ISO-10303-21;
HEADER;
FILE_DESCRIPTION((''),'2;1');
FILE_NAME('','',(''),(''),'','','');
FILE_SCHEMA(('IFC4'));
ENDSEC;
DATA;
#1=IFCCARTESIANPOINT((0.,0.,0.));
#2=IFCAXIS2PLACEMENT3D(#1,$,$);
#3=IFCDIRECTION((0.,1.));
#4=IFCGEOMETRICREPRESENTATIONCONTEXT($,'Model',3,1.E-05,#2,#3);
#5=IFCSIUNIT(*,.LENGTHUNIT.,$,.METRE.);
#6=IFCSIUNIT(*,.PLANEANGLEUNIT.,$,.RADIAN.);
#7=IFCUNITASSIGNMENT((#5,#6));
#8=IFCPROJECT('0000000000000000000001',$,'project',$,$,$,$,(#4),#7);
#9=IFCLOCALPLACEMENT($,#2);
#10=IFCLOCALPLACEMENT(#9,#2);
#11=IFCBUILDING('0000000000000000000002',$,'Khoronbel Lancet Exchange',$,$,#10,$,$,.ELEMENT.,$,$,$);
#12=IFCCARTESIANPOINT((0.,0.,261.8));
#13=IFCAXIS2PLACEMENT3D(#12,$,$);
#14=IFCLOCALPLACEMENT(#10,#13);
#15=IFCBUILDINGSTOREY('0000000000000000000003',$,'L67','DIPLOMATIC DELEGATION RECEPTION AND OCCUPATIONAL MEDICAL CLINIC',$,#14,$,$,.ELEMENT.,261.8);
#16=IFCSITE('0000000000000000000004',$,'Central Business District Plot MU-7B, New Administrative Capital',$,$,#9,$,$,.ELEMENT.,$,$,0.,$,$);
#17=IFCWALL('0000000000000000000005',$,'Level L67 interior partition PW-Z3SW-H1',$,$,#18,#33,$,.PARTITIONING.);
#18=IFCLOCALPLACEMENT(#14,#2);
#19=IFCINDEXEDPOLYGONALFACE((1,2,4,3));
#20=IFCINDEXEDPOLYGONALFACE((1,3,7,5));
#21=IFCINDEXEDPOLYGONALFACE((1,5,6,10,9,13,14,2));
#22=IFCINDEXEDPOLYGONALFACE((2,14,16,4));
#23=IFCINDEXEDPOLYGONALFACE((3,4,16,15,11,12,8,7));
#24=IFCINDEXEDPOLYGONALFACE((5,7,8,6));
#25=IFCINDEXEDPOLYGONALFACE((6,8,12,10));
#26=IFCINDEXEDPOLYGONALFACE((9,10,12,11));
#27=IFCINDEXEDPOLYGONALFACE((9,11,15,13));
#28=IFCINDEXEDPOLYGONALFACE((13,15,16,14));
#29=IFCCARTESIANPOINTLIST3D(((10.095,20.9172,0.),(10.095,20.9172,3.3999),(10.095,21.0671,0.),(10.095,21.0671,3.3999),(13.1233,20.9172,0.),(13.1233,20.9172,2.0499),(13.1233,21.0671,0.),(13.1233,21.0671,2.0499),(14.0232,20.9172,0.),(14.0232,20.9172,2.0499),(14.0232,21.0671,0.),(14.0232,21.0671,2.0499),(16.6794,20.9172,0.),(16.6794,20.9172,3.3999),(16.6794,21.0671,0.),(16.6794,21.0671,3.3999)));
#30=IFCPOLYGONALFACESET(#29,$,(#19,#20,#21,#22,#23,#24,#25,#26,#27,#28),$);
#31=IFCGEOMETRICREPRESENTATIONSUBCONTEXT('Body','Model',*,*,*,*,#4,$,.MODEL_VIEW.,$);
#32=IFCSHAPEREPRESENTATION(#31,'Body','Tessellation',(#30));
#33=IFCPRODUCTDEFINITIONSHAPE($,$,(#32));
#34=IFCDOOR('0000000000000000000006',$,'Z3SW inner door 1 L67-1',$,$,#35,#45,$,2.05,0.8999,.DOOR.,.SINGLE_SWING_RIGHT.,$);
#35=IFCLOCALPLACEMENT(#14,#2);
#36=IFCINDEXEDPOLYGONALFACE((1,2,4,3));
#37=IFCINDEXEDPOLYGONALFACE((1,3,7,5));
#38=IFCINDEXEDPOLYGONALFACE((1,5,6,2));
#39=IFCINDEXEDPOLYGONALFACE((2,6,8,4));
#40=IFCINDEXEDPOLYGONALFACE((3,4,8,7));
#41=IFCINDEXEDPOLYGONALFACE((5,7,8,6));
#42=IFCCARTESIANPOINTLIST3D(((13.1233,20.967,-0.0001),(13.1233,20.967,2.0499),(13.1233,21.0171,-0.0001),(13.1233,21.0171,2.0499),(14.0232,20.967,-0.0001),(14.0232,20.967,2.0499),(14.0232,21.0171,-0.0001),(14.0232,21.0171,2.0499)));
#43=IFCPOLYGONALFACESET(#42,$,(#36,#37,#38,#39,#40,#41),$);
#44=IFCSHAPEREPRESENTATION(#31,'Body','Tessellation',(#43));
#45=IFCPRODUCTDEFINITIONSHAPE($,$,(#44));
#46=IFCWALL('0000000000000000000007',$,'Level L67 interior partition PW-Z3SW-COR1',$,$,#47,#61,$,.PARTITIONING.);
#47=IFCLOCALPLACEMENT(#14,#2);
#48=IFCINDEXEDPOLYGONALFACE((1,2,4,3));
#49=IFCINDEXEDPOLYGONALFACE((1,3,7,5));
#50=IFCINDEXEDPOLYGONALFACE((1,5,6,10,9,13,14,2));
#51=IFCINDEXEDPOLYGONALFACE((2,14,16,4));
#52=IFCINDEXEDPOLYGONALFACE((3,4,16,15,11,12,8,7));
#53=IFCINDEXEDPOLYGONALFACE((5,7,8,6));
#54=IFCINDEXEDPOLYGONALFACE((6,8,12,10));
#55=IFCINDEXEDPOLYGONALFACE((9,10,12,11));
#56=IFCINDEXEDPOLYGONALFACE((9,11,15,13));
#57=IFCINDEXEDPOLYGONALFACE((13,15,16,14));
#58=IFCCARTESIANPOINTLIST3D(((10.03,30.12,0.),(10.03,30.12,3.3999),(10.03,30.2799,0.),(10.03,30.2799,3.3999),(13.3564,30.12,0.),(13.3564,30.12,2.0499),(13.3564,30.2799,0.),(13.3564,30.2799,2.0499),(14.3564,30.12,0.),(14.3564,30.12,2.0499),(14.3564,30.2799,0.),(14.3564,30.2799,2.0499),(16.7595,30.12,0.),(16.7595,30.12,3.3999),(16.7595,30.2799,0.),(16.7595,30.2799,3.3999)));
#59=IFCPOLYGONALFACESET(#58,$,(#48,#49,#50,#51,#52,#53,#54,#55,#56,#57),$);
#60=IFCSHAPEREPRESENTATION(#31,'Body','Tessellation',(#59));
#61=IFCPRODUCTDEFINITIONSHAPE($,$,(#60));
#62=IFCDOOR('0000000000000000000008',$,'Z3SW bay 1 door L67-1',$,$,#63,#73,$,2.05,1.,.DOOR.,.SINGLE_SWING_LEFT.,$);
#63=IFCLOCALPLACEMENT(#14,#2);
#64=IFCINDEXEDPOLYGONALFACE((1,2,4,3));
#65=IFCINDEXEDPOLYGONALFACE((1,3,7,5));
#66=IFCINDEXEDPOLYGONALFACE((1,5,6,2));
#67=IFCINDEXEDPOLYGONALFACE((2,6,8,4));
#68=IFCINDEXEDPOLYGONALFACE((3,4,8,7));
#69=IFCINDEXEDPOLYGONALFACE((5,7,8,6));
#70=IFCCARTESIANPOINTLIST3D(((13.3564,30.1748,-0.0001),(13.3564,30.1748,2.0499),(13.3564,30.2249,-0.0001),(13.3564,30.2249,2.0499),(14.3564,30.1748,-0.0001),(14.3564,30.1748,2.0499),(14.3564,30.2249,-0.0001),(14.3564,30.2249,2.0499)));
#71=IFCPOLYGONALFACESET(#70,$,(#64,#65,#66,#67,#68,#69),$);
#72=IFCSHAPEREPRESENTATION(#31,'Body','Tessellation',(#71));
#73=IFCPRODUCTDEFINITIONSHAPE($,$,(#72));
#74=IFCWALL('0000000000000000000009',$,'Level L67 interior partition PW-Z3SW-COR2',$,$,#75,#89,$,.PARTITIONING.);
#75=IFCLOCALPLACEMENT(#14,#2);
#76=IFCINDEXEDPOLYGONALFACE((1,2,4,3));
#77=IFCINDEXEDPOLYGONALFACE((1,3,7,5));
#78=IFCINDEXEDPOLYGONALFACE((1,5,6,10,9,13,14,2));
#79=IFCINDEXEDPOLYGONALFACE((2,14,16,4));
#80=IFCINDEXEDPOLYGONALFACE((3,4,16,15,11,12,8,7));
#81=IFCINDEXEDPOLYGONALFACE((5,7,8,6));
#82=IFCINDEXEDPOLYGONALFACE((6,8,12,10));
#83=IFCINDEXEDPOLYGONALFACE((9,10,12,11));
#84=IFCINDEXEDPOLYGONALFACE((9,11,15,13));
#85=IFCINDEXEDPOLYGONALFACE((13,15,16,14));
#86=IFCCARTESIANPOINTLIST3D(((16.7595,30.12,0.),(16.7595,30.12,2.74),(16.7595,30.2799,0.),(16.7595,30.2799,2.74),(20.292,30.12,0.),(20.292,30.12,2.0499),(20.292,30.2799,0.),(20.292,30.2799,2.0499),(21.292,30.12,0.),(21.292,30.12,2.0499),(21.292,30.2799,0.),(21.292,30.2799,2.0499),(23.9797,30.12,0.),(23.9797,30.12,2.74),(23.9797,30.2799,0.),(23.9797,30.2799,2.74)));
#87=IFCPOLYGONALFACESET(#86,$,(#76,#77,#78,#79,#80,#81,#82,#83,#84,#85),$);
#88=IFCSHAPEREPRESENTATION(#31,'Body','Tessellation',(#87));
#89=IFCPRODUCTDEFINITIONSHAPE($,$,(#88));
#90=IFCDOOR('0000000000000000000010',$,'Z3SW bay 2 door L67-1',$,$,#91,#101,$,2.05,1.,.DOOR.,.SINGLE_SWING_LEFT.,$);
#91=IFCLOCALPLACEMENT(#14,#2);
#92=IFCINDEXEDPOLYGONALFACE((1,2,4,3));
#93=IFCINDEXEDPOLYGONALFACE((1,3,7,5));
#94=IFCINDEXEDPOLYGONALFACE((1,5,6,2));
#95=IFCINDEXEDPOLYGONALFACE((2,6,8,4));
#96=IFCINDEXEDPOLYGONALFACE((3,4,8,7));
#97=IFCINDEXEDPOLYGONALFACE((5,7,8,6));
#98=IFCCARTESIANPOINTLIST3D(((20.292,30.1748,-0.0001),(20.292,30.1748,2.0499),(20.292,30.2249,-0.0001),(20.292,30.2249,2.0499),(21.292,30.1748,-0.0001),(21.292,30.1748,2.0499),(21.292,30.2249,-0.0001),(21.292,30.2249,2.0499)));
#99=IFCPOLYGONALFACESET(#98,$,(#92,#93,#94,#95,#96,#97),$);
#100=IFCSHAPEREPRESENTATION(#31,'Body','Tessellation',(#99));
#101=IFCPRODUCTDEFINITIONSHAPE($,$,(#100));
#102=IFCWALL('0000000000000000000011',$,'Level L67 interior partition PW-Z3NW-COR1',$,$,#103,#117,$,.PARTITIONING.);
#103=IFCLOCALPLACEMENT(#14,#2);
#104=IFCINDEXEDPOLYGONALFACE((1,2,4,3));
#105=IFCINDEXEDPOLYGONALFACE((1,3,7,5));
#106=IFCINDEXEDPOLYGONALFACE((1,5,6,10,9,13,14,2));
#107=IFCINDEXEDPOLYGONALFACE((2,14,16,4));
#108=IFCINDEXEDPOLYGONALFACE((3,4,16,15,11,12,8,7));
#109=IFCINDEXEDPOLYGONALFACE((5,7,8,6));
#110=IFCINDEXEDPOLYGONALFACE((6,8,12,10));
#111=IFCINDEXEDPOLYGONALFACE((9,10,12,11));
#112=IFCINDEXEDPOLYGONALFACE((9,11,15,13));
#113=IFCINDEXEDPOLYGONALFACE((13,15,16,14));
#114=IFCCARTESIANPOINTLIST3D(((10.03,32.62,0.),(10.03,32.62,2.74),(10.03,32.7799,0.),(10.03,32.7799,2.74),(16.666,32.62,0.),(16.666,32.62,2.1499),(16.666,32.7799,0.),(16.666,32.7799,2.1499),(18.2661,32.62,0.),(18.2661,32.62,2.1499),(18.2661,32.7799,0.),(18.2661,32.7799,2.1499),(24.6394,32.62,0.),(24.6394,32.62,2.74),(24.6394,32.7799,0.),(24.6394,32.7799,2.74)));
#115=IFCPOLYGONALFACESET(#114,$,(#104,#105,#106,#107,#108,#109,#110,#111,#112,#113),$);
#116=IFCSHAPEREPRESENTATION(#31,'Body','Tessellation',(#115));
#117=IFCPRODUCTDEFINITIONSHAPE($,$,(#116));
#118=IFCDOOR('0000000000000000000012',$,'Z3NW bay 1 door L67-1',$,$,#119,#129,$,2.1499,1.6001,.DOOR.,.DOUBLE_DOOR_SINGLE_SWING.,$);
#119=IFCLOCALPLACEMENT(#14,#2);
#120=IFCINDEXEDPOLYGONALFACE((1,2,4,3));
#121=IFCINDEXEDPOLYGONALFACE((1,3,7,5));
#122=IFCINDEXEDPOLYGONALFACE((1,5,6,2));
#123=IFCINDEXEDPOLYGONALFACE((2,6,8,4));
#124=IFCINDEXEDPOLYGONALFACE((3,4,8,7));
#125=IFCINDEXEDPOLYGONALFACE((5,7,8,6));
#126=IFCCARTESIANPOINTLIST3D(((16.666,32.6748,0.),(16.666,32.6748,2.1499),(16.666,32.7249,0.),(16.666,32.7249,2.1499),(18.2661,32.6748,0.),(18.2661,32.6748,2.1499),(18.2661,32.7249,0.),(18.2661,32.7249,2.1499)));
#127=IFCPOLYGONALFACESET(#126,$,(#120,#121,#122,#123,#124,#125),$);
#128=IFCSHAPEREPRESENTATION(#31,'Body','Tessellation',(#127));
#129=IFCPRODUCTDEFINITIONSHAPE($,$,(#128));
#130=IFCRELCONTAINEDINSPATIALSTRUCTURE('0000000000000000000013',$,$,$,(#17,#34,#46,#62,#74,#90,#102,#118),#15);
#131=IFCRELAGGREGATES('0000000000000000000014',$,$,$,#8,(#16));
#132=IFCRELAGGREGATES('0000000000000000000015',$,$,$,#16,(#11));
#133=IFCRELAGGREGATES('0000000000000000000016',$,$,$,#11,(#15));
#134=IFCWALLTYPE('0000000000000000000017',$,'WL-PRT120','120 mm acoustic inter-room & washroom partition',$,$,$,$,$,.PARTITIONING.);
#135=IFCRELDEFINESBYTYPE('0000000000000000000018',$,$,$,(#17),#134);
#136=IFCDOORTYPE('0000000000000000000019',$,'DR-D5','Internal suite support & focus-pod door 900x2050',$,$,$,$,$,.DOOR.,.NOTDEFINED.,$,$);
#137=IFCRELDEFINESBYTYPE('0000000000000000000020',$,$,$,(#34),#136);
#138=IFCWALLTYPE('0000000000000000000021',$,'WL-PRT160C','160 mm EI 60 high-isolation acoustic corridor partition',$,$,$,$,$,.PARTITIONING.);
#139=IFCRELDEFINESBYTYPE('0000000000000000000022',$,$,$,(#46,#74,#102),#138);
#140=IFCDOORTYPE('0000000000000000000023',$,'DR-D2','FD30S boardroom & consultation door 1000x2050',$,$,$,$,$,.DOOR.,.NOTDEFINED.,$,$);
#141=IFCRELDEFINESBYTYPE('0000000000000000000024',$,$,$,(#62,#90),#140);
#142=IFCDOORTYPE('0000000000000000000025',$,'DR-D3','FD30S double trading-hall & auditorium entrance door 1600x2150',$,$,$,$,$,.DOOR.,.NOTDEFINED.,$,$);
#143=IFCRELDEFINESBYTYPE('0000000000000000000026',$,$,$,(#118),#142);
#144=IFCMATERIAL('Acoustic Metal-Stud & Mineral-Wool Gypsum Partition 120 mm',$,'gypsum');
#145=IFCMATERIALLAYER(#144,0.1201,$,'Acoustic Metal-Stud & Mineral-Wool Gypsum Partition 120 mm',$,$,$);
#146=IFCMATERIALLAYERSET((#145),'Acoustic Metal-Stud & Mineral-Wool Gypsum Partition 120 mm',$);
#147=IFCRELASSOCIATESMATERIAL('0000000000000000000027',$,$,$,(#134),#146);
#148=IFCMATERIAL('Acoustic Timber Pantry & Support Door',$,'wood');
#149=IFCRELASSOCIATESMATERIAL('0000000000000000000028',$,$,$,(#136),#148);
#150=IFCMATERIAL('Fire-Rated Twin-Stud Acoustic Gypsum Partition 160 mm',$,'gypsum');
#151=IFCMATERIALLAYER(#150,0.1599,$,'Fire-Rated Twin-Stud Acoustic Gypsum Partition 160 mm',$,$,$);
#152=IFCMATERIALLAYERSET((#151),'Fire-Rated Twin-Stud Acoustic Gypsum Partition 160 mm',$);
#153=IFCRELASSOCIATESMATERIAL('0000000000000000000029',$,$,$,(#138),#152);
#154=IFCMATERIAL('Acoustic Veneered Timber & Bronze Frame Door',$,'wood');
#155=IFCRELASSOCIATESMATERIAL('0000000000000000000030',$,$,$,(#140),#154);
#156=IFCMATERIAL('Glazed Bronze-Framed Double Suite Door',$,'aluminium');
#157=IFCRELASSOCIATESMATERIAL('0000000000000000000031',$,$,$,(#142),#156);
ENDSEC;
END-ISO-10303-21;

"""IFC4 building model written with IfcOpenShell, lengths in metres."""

from ifc_helpers import new_model, si_unit, direction, frame, frame_2d, origin, place, context, subcontext, project, spatial, rectangle, extrude, material, layer, layer_set, type_object, element, fill, save


model = new_model("IFC4")

# Units and contexts
model_context = context("Model", 3, precision=1e-05, world=origin(), true_north=direction((0.0, 1.0)))
body_context = subcontext(model_context, "Body", "Model", "MODEL_VIEW")
ifc_project = project(units=[si_unit("LENGTHUNIT", "METRE"), si_unit("PLANEANGLEUNIT", "RADIAN")], contexts=[model_context])

# Site, building, storey
site_placement = place(None, origin())
site = spatial("IfcSite", under=ifc_project, at=site_placement, Name="Central Business District Plot MU-7B, New Administrative Capital", CompositionType="ELEMENT", RefElevation=0.0)
building_placement = place(site_placement, origin())
building = spatial("IfcBuilding", under=site, at=building_placement, Name="Khoronbel Lancet Exchange", CompositionType="ELEMENT")
storey_placement = place(building_placement, frame((0.0, 0.0, 261.8)))
storey = spatial("IfcBuildingStorey", under=building, at=storey_placement, Name="L67", Description="DIPLOMATIC DELEGATION RECEPTION AND OCCUPATIONAL MEDICAL CLINIC", CompositionType="ELEMENT", Elevation=261.8)

# Walls, openings, doors
ifc_material_1 = material(Name="Acoustic Metal-Stud & Mineral-Wool Gypsum Partition 120 mm", Category="gypsum")
ifc_layer_1 = layer(ifc_material_1, 0.1201, Name="Acoustic Metal-Stud & Mineral-Wool Gypsum Partition 120 mm")
ifc_layer_set_1 = layer_set([ifc_layer_1], Name="Acoustic Metal-Stud & Mineral-Wool Gypsum Partition 120 mm")
wall_type_1 = type_object("IfcWallType", Name="WL-PRT120", Description="120 mm acoustic inter-room & washroom partition", PredefinedType="PARTITIONING", material=ifc_layer_set_1)
wall_1_placement = place(storey_placement, frame((10.095, 20.9922, 0.0), z_axis=(0.0, 0.0, 1.0), x_axis=(1.0, 0.0, 0.0)))
wall_1 = element("IfcWall", 1, at=wall_1_placement, inside=storey, type_object=wall_type_1, Name="Level L67 interior partition PW-Z3SW-H1", PredefinedType="PARTITIONING", context=body_context, shape_type="SweptSolid", body=[
    extrude(rectangle(XDim=6.5845, YDim=0.1499, at=frame_2d((3.2922, 0.0))), origin(), (0.0, 0.0, 1.0), 3.3999),
])
opening_1_placement = place(wall_1_placement, frame((3.0283, 0.0, 0.0)))
opening_1 = element("IfcOpeningElement", 2, at=opening_1_placement, cuts=wall_1, PredefinedType="OPENING", context=body_context, shape_type="SweptSolid", body=[
    extrude(rectangle(XDim=0.8999, YDim=2.05, at=frame_2d((0.45, 1.0249))), frame((0.0, 0.085, 0.0), z_axis=(0.0, -1.0, 0.0), x_axis=(1.0, 0.0, 0.0)), (0.0, 0.0, 1.0), 0.1699),
])
ifc_material_2 = material(Name="Acoustic Timber Pantry & Support Door", Category="wood")
door_type_1 = type_object("IfcDoorType", Name="DR-D5", Description="Internal suite support & focus-pod door 900x2050", OperationType="NOTDEFINED", PredefinedType="DOOR", material=ifc_material_2)
door_1_placement = place(opening_1_placement, origin())
door_1 = element("IfcDoor", 3, at=door_1_placement, inside=storey, type_object=door_type_1, Name="Z3SW inner door 1 L67-1", OperationType="SINGLE_SWING_RIGHT", OverallHeight=2.05, OverallWidth=0.8999, PredefinedType="DOOR", context=body_context, shape_type="SweptSolid", body=[
    extrude(rectangle(XDim=0.8999, YDim=2.05, at=frame_2d((0.45, 1.0249))), frame((0.0, 0.0249, 0.0), z_axis=(0.0, -1.0, 0.0), x_axis=(1.0, 0.0, 0.0)), (0.0, 0.0, 1.0), 0.05),
])
fill(opening_1, door_1)
ifc_material_3 = material(Name="Fire-Rated Twin-Stud Acoustic Gypsum Partition 160 mm", Category="gypsum")
ifc_layer_2 = layer(ifc_material_3, 0.1599, Name="Fire-Rated Twin-Stud Acoustic Gypsum Partition 160 mm")
ifc_layer_set_2 = layer_set([ifc_layer_2], Name="Fire-Rated Twin-Stud Acoustic Gypsum Partition 160 mm")
wall_type_2 = type_object("IfcWallType", Name="WL-PRT160C", Description="160 mm EI 60 high-isolation acoustic corridor partition", PredefinedType="PARTITIONING", material=ifc_layer_set_2)
wall_2_placement = place(storey_placement, frame((10.03, 30.2, 0.0), z_axis=(0.0, 0.0, 1.0), x_axis=(1.0, 0.0, 0.0)))
wall_2 = element("IfcWall", 4, at=wall_2_placement, inside=storey, type_object=wall_type_2, Name="Level L67 interior partition PW-Z3SW-COR1", PredefinedType="PARTITIONING", context=body_context, shape_type="SweptSolid", body=[
    extrude(rectangle(XDim=6.7295, YDim=0.1599, at=frame_2d((3.3647, 0.0))), origin(), (0.0, 0.0, 1.0), 3.3999),
])
opening_2_placement = place(wall_2_placement, frame((3.3264, 0.0, 0.0)))
opening_2 = element("IfcOpeningElement", 5, at=opening_2_placement, cuts=wall_2, PredefinedType="OPENING", context=body_context, shape_type="SweptSolid", body=[
    extrude(rectangle(XDim=1.0, YDim=2.05, at=frame_2d((0.5, 1.0249))), frame((0.0, 0.0898, 0.0), z_axis=(0.0, -1.0, 0.0), x_axis=(1.0, 0.0, 0.0)), (0.0, 0.0, 1.0), 0.1799),
])
ifc_material_4 = material(Name="Acoustic Veneered Timber & Bronze Frame Door", Category="wood")
door_type_2 = type_object("IfcDoorType", Name="DR-D2", Description="FD30S boardroom & consultation door 1000x2050", OperationType="NOTDEFINED", PredefinedType="DOOR", material=ifc_material_4)
door_2_placement = place(opening_2_placement, origin())
door_2 = element("IfcDoor", 6, at=door_2_placement, inside=storey, type_object=door_type_2, Name="Z3SW bay 1 door L67-1", OperationType="SINGLE_SWING_LEFT", OverallHeight=2.05, OverallWidth=1.0, PredefinedType="DOOR", context=body_context, shape_type="SweptSolid", body=[
    extrude(rectangle(XDim=1.0, YDim=2.05, at=frame_2d((0.5, 1.0249))), frame((0.0, 0.0249, 0.0), z_axis=(0.0, -1.0, 0.0), x_axis=(1.0, 0.0, 0.0)), (0.0, 0.0, 1.0), 0.05),
])
fill(opening_2, door_2)
wall_3_placement = place(storey_placement, frame((16.7595, 30.2, 0.0), z_axis=(0.0, 0.0, 1.0), x_axis=(1.0, 0.0, 0.0)))
wall_3 = element("IfcWall", 7, at=wall_3_placement, inside=storey, type_object=wall_type_2, Name="Level L67 interior partition PW-Z3SW-COR2", PredefinedType="PARTITIONING", context=body_context, shape_type="SweptSolid", body=[
    extrude(rectangle(XDim=7.2202, YDim=0.1599, at=frame_2d((3.6101, 0.0))), origin(), (0.0, 0.0, 1.0), 2.74),
])
opening_3_placement = place(wall_3_placement, frame((3.5325, 0.0, 0.0)))
opening_3 = element("IfcOpeningElement", 8, at=opening_3_placement, cuts=wall_3, PredefinedType="OPENING", context=body_context, shape_type="SweptSolid", body=[
    extrude(rectangle(XDim=1.0, YDim=2.05, at=frame_2d((0.5, 1.0249))), frame((0.0, 0.0898, 0.0), z_axis=(0.0, -1.0, 0.0), x_axis=(1.0, 0.0, 0.0)), (0.0, 0.0, 1.0), 0.1799),
])
door_3_placement = place(opening_3_placement, origin())
door_3 = element("IfcDoor", 9, at=door_3_placement, inside=storey, type_object=door_type_2, Name="Z3SW bay 2 door L67-1", OperationType="SINGLE_SWING_LEFT", OverallHeight=2.05, OverallWidth=1.0, PredefinedType="DOOR", context=body_context, shape_type="SweptSolid", body=[
    extrude(rectangle(XDim=1.0, YDim=2.05, at=frame_2d((0.5, 1.0249))), frame((0.0, 0.0249, 0.0), z_axis=(0.0, -1.0, 0.0), x_axis=(1.0, 0.0, 0.0)), (0.0, 0.0, 1.0), 0.05),
])
fill(opening_3, door_3)
wall_4_placement = place(storey_placement, frame((10.03, 32.7, 0.0), z_axis=(0.0, 0.0, 1.0), x_axis=(1.0, 0.0, 0.0)))
wall_4 = element("IfcWall", 10, at=wall_4_placement, inside=storey, type_object=wall_type_2, Name="Level L67 interior partition PW-Z3NW-COR1", PredefinedType="PARTITIONING", context=body_context, shape_type="SweptSolid", body=[
    extrude(rectangle(XDim=14.6094, YDim=0.1599, at=frame_2d((7.3047, 0.0))), origin(), (0.0, 0.0, 1.0), 2.74),
])
opening_4_placement = place(wall_4_placement, frame((6.636, 0.0, 0.0)))
opening_4 = element("IfcOpeningElement", 11, at=opening_4_placement, cuts=wall_4, PredefinedType="OPENING", context=body_context, shape_type="SweptSolid", body=[
    extrude(rectangle(XDim=1.6001, YDim=2.1499, at=frame_2d((0.8, 1.075))), frame((0.0, 0.0898, 0.0), z_axis=(0.0, -1.0, 0.0), x_axis=(1.0, 0.0, 0.0)), (0.0, 0.0, 1.0), 0.1799),
])
ifc_material_5 = material(Name="Glazed Bronze-Framed Double Suite Door", Category="aluminium")
door_type_3 = type_object("IfcDoorType", Name="DR-D3", Description="FD30S double trading-hall & auditorium entrance door 1600x2150", OperationType="NOTDEFINED", PredefinedType="DOOR", material=ifc_material_5)
door_4_placement = place(opening_4_placement, origin())
door_4 = element("IfcDoor", 12, at=door_4_placement, inside=storey, type_object=door_type_3, Name="Z3NW bay 1 door L67-1", OperationType="DOUBLE_DOOR_SINGLE_SWING", OverallHeight=2.1499, OverallWidth=1.6001, PredefinedType="DOOR", context=body_context, shape_type="SweptSolid", body=[
    extrude(rectangle(XDim=1.6001, YDim=2.1499, at=frame_2d((0.8, 1.075))), frame((0.0, 0.0249, 0.0), z_axis=(0.0, -1.0, 0.0), x_axis=(1.0, 0.0, 0.0)), (0.0, 0.0, 1.0), 0.05),
])
fill(opening_4, door_4)

save(model, "model.ifc")
